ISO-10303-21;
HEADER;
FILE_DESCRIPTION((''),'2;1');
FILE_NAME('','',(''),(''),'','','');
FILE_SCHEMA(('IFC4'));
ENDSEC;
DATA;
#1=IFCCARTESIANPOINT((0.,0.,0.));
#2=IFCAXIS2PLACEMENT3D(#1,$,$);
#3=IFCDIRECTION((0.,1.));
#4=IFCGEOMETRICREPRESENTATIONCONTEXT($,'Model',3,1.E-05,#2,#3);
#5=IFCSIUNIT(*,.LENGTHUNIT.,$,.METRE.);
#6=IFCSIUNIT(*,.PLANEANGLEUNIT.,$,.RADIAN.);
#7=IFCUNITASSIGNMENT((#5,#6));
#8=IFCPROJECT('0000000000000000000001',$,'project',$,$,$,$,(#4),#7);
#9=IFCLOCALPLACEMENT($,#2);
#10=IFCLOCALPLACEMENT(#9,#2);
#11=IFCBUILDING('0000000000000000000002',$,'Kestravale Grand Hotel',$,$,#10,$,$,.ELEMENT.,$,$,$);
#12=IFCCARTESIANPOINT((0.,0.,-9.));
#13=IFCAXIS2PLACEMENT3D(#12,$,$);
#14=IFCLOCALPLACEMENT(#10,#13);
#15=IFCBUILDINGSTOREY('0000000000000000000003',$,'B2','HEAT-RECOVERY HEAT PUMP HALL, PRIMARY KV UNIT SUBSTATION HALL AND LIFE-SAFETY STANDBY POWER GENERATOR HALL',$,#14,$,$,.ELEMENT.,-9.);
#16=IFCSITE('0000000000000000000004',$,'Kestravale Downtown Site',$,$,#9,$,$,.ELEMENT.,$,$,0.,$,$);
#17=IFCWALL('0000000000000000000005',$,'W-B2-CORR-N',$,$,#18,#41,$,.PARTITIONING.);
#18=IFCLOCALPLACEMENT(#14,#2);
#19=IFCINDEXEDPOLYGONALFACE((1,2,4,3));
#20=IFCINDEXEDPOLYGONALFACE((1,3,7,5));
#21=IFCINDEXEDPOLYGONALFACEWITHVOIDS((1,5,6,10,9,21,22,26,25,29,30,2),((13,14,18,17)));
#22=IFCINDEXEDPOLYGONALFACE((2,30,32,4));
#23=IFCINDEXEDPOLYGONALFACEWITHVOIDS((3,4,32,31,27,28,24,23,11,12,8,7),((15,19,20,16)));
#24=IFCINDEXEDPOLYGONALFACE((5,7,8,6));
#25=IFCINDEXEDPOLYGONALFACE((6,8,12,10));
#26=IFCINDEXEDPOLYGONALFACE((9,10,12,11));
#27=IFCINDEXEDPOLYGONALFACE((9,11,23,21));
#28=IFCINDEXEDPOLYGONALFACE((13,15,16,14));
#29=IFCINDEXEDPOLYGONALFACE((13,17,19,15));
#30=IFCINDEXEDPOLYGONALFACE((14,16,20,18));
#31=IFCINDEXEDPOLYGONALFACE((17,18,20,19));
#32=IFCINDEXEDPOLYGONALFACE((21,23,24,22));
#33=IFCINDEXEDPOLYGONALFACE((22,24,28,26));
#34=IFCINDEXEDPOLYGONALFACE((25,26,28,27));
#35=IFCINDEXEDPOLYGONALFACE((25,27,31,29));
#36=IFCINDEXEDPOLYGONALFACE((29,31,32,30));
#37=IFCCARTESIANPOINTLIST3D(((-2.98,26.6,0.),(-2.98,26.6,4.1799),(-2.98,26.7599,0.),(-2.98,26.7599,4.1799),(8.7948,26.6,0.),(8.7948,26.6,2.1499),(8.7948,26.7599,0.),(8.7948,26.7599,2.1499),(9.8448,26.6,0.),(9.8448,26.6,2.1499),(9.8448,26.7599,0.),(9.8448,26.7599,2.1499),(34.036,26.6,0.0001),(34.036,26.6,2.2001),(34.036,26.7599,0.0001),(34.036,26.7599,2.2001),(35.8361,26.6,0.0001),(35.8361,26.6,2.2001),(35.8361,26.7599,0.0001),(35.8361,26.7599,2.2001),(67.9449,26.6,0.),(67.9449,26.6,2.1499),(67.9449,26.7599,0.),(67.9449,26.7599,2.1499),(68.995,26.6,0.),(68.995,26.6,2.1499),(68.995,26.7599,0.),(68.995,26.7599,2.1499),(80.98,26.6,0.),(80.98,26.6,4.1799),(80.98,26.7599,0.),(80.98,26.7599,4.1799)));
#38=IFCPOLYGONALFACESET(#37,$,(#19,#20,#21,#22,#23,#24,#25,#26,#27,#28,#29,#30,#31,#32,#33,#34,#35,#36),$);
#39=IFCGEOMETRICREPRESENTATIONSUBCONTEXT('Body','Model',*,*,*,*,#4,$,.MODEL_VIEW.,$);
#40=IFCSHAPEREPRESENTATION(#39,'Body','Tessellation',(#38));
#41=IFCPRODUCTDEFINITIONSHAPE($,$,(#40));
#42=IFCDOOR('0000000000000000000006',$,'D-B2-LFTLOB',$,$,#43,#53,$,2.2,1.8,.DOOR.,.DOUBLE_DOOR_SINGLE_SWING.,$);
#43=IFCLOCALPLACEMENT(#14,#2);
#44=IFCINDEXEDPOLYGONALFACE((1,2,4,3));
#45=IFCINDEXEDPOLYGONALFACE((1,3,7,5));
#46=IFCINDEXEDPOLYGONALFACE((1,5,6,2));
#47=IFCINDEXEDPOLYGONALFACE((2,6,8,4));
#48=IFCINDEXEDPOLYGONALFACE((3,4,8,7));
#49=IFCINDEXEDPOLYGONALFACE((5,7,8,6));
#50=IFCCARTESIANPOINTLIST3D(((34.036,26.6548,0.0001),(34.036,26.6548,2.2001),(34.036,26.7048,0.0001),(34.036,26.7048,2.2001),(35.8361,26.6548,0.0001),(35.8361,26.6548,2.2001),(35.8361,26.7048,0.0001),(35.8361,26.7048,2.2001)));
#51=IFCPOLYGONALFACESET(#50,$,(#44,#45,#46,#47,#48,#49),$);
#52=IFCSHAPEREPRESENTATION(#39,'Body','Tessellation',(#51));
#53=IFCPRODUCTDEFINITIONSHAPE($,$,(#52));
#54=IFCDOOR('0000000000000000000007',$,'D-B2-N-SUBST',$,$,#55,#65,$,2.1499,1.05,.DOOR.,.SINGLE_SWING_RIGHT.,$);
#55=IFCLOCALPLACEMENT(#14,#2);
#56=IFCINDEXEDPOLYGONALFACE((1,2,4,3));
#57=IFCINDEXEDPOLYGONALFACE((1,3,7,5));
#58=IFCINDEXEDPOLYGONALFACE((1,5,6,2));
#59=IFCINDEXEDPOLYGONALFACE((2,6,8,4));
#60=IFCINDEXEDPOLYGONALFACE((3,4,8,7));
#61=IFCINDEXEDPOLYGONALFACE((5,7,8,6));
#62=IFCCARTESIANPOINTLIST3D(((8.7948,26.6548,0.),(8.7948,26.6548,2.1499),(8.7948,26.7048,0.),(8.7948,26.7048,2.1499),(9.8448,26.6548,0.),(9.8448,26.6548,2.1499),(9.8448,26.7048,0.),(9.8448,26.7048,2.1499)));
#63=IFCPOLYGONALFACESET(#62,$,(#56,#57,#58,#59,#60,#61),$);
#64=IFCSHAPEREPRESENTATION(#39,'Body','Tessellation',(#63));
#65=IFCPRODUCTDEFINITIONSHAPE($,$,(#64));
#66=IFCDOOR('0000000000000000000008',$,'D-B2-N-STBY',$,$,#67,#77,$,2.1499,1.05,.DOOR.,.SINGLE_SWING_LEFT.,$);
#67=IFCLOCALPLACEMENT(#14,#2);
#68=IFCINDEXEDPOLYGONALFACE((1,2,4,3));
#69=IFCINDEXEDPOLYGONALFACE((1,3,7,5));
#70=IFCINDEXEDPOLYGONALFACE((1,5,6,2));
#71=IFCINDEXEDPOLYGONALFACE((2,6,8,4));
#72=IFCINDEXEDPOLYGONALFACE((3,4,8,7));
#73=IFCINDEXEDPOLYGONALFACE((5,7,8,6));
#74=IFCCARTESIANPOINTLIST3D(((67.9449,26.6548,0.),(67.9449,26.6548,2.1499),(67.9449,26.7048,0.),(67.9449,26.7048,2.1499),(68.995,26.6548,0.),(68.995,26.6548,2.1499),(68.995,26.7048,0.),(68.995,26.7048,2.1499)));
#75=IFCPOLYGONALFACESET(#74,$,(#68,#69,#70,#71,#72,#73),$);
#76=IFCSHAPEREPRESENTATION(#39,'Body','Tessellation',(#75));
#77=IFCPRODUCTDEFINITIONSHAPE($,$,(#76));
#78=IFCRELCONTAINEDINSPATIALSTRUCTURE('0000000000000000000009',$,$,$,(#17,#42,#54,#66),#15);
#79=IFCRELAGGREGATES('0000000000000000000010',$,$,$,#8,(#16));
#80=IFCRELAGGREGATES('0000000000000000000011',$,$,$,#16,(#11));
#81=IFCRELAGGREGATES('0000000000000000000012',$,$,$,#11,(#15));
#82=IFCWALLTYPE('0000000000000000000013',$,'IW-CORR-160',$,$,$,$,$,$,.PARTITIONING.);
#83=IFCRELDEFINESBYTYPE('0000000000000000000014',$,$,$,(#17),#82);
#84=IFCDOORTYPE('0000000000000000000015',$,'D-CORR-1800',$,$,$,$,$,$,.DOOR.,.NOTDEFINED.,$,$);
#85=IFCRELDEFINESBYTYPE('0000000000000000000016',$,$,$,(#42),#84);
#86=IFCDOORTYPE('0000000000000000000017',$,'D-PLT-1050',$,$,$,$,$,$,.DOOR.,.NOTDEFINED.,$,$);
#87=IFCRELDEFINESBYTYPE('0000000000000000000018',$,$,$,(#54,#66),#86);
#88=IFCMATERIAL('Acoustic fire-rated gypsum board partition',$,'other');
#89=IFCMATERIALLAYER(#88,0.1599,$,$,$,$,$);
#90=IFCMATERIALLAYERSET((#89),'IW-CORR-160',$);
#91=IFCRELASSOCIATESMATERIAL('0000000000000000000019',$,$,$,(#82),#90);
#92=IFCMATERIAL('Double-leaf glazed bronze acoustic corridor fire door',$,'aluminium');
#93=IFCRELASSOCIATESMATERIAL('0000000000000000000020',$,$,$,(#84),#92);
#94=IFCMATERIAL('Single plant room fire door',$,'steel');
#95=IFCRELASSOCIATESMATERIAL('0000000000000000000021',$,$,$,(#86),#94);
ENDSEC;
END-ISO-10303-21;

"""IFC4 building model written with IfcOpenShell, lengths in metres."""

from ifc_helpers import new_model, si_unit, direction, frame, frame_2d, origin, place, context, subcontext, project, spatial, rectangle, extrude, material, layer, layer_set, type_object, element, fill, save


model = new_model("IFC4")

# Units and contexts
model_context = context("Model", 3, precision=1e-05, world=origin(), true_north=direction((0.0, 1.0)))
body_context = subcontext(model_context, "Body", "Model", "MODEL_VIEW")
ifc_project = project(units=[si_unit("LENGTHUNIT", "METRE"), si_unit("PLANEANGLEUNIT", "RADIAN")], contexts=[model_context])

# Site, building, storey
site_placement = place(None, origin())
site = spatial("IfcSite", under=ifc_project, at=site_placement, Name="Kestravale Downtown Site", CompositionType="ELEMENT", RefElevation=0.0)
building_placement = place(site_placement, origin())
building = spatial("IfcBuilding", under=site, at=building_placement, Name="Kestravale Grand Hotel", CompositionType="ELEMENT")
storey_placement = place(building_placement, frame((0.0, 0.0, -9.0)))
storey = spatial("IfcBuildingStorey", under=building, at=storey_placement, Name="B2", Description="HEAT-RECOVERY HEAT PUMP HALL, PRIMARY KV UNIT SUBSTATION HALL AND LIFE-SAFETY STANDBY POWER GENERATOR HALL", CompositionType="ELEMENT", Elevation=-9.0)

# Wall, openings, doors
ifc_material_1 = material(Name="Acoustic fire-rated gypsum board partition", Category="other")
ifc_layer = layer(ifc_material_1, 0.1599)
ifc_layer_set = layer_set([ifc_layer], Name="IW-CORR-160")
wall_type = type_object("IfcWallType", Name="IW-CORR-160", PredefinedType="PARTITIONING", material=ifc_layer_set)
wall_1_placement = place(storey_placement, frame((-2.98, 26.6799, 0.0), z_axis=(0.0, 0.0, 1.0), x_axis=(1.0, 0.0, 0.0)))
wall_1 = element("IfcWall", 1, at=wall_1_placement, inside=storey, type_object=wall_type, Name="W-B2-CORR-N", PredefinedType="PARTITIONING", context=body_context, shape_type="SweptSolid", body=[
    extrude(rectangle(XDim=83.96, YDim=0.1599, at=frame_2d((41.98, 0.0))), origin(), (0.0, 0.0, 1.0), 4.1799),
])
opening_1_placement = place(wall_1_placement, frame((37.0161, 0.0, 0.0)))
opening_1 = element("IfcOpeningElement", 2, at=opening_1_placement, cuts=wall_1, PredefinedType="OPENING", context=body_context, shape_type="SweptSolid", body=[
    extrude(rectangle(XDim=1.8, YDim=2.2, at=frame_2d((0.8999, 1.1001))), frame((0.0, 0.0898, 0.0), z_axis=(0.0, -1.0, 0.0), x_axis=(1.0, 0.0, 0.0)), (0.0, 0.0, 1.0), 0.1799),
])
opening_2_placement = place(wall_1_placement, frame((11.7749, 0.0, 0.0)))
opening_2 = element("IfcOpeningElement", 3, at=opening_2_placement, cuts=wall_1, PredefinedType="OPENING", context=body_context, shape_type="SweptSolid", body=[
    extrude(rectangle(XDim=1.05, YDim=2.1499, at=frame_2d((0.5249, 1.075))), frame((0.0, 0.0898, 0.0), z_axis=(0.0, -1.0, 0.0), x_axis=(1.0, 0.0, 0.0)), (0.0, 0.0, 1.0), 0.1799),
])
opening_3_placement = place(wall_1_placement, frame((70.925, 0.0, 0.0)))
opening_3 = element("IfcOpeningElement", 4, at=opening_3_placement, cuts=wall_1, PredefinedType="OPENING", context=body_context, shape_type="SweptSolid", body=[
    extrude(rectangle(XDim=1.05, YDim=2.1499, at=frame_2d((0.5249, 1.075))), frame((0.0, 0.0898, 0.0), z_axis=(0.0, -1.0, 0.0), x_axis=(1.0, 0.0, 0.0)), (0.0, 0.0, 1.0), 0.1799),
])
ifc_material_2 = material(Name="Double-leaf glazed bronze acoustic corridor fire door", Category="aluminium")
door_type_1 = type_object("IfcDoorType", Name="D-CORR-1800", OperationType="NOTDEFINED", PredefinedType="DOOR", material=ifc_material_2)
door_1_placement = place(opening_1_placement, origin())
door_1 = element("IfcDoor", 5, at=door_1_placement, inside=storey, type_object=door_type_1, Name="D-B2-LFTLOB", OperationType="DOUBLE_DOOR_SINGLE_SWING", OverallHeight=2.2, OverallWidth=1.8, PredefinedType="DOOR", context=body_context, shape_type="SweptSolid", body=[
    extrude(rectangle(XDim=1.8, YDim=2.2, at=frame_2d((0.8999, 1.1001))), frame((0.0, 0.0249, 0.0), z_axis=(0.0, -1.0, 0.0), x_axis=(1.0, 0.0, 0.0)), (0.0, 0.0, 1.0), 0.05),
])
fill(opening_1, door_1)
ifc_material_3 = material(Name="Single plant room fire door", Category="steel")
door_type_2 = type_object("IfcDoorType", Name="D-PLT-1050", OperationType="NOTDEFINED", PredefinedType="DOOR", material=ifc_material_3)
door_2_placement = place(opening_2_placement, origin())
door_2 = element("IfcDoor", 6, at=door_2_placement, inside=storey, type_object=door_type_2, Name="D-B2-N-SUBST", OperationType="SINGLE_SWING_RIGHT", OverallHeight=2.1499, OverallWidth=1.05, PredefinedType="DOOR", context=body_context, shape_type="SweptSolid", body=[
    extrude(rectangle(XDim=1.05, YDim=2.1499, at=frame_2d((0.5249, 1.075))), frame((0.0, 0.0249, 0.0), z_axis=(0.0, -1.0, 0.0), x_axis=(1.0, 0.0, 0.0)), (0.0, 0.0, 1.0), 0.05),
])
fill(opening_2, door_2)
door_3_placement = place(opening_3_placement, origin())
door_3 = element("IfcDoor", 7, at=door_3_placement, inside=storey, type_object=door_type_2, Name="D-B2-N-STBY", OperationType="SINGLE_SWING_LEFT", OverallHeight=2.1499, OverallWidth=1.05, PredefinedType="DOOR", context=body_context, shape_type="SweptSolid", body=[
    extrude(rectangle(XDim=1.05, YDim=2.1499, at=frame_2d((0.5249, 1.075))), frame((0.0, 0.0249, 0.0), z_axis=(0.0, -1.0, 0.0), x_axis=(1.0, 0.0, 0.0)), (0.0, 0.0, 1.0), 0.05),
])
fill(opening_3, door_3)

save(model, "model.ifc")
